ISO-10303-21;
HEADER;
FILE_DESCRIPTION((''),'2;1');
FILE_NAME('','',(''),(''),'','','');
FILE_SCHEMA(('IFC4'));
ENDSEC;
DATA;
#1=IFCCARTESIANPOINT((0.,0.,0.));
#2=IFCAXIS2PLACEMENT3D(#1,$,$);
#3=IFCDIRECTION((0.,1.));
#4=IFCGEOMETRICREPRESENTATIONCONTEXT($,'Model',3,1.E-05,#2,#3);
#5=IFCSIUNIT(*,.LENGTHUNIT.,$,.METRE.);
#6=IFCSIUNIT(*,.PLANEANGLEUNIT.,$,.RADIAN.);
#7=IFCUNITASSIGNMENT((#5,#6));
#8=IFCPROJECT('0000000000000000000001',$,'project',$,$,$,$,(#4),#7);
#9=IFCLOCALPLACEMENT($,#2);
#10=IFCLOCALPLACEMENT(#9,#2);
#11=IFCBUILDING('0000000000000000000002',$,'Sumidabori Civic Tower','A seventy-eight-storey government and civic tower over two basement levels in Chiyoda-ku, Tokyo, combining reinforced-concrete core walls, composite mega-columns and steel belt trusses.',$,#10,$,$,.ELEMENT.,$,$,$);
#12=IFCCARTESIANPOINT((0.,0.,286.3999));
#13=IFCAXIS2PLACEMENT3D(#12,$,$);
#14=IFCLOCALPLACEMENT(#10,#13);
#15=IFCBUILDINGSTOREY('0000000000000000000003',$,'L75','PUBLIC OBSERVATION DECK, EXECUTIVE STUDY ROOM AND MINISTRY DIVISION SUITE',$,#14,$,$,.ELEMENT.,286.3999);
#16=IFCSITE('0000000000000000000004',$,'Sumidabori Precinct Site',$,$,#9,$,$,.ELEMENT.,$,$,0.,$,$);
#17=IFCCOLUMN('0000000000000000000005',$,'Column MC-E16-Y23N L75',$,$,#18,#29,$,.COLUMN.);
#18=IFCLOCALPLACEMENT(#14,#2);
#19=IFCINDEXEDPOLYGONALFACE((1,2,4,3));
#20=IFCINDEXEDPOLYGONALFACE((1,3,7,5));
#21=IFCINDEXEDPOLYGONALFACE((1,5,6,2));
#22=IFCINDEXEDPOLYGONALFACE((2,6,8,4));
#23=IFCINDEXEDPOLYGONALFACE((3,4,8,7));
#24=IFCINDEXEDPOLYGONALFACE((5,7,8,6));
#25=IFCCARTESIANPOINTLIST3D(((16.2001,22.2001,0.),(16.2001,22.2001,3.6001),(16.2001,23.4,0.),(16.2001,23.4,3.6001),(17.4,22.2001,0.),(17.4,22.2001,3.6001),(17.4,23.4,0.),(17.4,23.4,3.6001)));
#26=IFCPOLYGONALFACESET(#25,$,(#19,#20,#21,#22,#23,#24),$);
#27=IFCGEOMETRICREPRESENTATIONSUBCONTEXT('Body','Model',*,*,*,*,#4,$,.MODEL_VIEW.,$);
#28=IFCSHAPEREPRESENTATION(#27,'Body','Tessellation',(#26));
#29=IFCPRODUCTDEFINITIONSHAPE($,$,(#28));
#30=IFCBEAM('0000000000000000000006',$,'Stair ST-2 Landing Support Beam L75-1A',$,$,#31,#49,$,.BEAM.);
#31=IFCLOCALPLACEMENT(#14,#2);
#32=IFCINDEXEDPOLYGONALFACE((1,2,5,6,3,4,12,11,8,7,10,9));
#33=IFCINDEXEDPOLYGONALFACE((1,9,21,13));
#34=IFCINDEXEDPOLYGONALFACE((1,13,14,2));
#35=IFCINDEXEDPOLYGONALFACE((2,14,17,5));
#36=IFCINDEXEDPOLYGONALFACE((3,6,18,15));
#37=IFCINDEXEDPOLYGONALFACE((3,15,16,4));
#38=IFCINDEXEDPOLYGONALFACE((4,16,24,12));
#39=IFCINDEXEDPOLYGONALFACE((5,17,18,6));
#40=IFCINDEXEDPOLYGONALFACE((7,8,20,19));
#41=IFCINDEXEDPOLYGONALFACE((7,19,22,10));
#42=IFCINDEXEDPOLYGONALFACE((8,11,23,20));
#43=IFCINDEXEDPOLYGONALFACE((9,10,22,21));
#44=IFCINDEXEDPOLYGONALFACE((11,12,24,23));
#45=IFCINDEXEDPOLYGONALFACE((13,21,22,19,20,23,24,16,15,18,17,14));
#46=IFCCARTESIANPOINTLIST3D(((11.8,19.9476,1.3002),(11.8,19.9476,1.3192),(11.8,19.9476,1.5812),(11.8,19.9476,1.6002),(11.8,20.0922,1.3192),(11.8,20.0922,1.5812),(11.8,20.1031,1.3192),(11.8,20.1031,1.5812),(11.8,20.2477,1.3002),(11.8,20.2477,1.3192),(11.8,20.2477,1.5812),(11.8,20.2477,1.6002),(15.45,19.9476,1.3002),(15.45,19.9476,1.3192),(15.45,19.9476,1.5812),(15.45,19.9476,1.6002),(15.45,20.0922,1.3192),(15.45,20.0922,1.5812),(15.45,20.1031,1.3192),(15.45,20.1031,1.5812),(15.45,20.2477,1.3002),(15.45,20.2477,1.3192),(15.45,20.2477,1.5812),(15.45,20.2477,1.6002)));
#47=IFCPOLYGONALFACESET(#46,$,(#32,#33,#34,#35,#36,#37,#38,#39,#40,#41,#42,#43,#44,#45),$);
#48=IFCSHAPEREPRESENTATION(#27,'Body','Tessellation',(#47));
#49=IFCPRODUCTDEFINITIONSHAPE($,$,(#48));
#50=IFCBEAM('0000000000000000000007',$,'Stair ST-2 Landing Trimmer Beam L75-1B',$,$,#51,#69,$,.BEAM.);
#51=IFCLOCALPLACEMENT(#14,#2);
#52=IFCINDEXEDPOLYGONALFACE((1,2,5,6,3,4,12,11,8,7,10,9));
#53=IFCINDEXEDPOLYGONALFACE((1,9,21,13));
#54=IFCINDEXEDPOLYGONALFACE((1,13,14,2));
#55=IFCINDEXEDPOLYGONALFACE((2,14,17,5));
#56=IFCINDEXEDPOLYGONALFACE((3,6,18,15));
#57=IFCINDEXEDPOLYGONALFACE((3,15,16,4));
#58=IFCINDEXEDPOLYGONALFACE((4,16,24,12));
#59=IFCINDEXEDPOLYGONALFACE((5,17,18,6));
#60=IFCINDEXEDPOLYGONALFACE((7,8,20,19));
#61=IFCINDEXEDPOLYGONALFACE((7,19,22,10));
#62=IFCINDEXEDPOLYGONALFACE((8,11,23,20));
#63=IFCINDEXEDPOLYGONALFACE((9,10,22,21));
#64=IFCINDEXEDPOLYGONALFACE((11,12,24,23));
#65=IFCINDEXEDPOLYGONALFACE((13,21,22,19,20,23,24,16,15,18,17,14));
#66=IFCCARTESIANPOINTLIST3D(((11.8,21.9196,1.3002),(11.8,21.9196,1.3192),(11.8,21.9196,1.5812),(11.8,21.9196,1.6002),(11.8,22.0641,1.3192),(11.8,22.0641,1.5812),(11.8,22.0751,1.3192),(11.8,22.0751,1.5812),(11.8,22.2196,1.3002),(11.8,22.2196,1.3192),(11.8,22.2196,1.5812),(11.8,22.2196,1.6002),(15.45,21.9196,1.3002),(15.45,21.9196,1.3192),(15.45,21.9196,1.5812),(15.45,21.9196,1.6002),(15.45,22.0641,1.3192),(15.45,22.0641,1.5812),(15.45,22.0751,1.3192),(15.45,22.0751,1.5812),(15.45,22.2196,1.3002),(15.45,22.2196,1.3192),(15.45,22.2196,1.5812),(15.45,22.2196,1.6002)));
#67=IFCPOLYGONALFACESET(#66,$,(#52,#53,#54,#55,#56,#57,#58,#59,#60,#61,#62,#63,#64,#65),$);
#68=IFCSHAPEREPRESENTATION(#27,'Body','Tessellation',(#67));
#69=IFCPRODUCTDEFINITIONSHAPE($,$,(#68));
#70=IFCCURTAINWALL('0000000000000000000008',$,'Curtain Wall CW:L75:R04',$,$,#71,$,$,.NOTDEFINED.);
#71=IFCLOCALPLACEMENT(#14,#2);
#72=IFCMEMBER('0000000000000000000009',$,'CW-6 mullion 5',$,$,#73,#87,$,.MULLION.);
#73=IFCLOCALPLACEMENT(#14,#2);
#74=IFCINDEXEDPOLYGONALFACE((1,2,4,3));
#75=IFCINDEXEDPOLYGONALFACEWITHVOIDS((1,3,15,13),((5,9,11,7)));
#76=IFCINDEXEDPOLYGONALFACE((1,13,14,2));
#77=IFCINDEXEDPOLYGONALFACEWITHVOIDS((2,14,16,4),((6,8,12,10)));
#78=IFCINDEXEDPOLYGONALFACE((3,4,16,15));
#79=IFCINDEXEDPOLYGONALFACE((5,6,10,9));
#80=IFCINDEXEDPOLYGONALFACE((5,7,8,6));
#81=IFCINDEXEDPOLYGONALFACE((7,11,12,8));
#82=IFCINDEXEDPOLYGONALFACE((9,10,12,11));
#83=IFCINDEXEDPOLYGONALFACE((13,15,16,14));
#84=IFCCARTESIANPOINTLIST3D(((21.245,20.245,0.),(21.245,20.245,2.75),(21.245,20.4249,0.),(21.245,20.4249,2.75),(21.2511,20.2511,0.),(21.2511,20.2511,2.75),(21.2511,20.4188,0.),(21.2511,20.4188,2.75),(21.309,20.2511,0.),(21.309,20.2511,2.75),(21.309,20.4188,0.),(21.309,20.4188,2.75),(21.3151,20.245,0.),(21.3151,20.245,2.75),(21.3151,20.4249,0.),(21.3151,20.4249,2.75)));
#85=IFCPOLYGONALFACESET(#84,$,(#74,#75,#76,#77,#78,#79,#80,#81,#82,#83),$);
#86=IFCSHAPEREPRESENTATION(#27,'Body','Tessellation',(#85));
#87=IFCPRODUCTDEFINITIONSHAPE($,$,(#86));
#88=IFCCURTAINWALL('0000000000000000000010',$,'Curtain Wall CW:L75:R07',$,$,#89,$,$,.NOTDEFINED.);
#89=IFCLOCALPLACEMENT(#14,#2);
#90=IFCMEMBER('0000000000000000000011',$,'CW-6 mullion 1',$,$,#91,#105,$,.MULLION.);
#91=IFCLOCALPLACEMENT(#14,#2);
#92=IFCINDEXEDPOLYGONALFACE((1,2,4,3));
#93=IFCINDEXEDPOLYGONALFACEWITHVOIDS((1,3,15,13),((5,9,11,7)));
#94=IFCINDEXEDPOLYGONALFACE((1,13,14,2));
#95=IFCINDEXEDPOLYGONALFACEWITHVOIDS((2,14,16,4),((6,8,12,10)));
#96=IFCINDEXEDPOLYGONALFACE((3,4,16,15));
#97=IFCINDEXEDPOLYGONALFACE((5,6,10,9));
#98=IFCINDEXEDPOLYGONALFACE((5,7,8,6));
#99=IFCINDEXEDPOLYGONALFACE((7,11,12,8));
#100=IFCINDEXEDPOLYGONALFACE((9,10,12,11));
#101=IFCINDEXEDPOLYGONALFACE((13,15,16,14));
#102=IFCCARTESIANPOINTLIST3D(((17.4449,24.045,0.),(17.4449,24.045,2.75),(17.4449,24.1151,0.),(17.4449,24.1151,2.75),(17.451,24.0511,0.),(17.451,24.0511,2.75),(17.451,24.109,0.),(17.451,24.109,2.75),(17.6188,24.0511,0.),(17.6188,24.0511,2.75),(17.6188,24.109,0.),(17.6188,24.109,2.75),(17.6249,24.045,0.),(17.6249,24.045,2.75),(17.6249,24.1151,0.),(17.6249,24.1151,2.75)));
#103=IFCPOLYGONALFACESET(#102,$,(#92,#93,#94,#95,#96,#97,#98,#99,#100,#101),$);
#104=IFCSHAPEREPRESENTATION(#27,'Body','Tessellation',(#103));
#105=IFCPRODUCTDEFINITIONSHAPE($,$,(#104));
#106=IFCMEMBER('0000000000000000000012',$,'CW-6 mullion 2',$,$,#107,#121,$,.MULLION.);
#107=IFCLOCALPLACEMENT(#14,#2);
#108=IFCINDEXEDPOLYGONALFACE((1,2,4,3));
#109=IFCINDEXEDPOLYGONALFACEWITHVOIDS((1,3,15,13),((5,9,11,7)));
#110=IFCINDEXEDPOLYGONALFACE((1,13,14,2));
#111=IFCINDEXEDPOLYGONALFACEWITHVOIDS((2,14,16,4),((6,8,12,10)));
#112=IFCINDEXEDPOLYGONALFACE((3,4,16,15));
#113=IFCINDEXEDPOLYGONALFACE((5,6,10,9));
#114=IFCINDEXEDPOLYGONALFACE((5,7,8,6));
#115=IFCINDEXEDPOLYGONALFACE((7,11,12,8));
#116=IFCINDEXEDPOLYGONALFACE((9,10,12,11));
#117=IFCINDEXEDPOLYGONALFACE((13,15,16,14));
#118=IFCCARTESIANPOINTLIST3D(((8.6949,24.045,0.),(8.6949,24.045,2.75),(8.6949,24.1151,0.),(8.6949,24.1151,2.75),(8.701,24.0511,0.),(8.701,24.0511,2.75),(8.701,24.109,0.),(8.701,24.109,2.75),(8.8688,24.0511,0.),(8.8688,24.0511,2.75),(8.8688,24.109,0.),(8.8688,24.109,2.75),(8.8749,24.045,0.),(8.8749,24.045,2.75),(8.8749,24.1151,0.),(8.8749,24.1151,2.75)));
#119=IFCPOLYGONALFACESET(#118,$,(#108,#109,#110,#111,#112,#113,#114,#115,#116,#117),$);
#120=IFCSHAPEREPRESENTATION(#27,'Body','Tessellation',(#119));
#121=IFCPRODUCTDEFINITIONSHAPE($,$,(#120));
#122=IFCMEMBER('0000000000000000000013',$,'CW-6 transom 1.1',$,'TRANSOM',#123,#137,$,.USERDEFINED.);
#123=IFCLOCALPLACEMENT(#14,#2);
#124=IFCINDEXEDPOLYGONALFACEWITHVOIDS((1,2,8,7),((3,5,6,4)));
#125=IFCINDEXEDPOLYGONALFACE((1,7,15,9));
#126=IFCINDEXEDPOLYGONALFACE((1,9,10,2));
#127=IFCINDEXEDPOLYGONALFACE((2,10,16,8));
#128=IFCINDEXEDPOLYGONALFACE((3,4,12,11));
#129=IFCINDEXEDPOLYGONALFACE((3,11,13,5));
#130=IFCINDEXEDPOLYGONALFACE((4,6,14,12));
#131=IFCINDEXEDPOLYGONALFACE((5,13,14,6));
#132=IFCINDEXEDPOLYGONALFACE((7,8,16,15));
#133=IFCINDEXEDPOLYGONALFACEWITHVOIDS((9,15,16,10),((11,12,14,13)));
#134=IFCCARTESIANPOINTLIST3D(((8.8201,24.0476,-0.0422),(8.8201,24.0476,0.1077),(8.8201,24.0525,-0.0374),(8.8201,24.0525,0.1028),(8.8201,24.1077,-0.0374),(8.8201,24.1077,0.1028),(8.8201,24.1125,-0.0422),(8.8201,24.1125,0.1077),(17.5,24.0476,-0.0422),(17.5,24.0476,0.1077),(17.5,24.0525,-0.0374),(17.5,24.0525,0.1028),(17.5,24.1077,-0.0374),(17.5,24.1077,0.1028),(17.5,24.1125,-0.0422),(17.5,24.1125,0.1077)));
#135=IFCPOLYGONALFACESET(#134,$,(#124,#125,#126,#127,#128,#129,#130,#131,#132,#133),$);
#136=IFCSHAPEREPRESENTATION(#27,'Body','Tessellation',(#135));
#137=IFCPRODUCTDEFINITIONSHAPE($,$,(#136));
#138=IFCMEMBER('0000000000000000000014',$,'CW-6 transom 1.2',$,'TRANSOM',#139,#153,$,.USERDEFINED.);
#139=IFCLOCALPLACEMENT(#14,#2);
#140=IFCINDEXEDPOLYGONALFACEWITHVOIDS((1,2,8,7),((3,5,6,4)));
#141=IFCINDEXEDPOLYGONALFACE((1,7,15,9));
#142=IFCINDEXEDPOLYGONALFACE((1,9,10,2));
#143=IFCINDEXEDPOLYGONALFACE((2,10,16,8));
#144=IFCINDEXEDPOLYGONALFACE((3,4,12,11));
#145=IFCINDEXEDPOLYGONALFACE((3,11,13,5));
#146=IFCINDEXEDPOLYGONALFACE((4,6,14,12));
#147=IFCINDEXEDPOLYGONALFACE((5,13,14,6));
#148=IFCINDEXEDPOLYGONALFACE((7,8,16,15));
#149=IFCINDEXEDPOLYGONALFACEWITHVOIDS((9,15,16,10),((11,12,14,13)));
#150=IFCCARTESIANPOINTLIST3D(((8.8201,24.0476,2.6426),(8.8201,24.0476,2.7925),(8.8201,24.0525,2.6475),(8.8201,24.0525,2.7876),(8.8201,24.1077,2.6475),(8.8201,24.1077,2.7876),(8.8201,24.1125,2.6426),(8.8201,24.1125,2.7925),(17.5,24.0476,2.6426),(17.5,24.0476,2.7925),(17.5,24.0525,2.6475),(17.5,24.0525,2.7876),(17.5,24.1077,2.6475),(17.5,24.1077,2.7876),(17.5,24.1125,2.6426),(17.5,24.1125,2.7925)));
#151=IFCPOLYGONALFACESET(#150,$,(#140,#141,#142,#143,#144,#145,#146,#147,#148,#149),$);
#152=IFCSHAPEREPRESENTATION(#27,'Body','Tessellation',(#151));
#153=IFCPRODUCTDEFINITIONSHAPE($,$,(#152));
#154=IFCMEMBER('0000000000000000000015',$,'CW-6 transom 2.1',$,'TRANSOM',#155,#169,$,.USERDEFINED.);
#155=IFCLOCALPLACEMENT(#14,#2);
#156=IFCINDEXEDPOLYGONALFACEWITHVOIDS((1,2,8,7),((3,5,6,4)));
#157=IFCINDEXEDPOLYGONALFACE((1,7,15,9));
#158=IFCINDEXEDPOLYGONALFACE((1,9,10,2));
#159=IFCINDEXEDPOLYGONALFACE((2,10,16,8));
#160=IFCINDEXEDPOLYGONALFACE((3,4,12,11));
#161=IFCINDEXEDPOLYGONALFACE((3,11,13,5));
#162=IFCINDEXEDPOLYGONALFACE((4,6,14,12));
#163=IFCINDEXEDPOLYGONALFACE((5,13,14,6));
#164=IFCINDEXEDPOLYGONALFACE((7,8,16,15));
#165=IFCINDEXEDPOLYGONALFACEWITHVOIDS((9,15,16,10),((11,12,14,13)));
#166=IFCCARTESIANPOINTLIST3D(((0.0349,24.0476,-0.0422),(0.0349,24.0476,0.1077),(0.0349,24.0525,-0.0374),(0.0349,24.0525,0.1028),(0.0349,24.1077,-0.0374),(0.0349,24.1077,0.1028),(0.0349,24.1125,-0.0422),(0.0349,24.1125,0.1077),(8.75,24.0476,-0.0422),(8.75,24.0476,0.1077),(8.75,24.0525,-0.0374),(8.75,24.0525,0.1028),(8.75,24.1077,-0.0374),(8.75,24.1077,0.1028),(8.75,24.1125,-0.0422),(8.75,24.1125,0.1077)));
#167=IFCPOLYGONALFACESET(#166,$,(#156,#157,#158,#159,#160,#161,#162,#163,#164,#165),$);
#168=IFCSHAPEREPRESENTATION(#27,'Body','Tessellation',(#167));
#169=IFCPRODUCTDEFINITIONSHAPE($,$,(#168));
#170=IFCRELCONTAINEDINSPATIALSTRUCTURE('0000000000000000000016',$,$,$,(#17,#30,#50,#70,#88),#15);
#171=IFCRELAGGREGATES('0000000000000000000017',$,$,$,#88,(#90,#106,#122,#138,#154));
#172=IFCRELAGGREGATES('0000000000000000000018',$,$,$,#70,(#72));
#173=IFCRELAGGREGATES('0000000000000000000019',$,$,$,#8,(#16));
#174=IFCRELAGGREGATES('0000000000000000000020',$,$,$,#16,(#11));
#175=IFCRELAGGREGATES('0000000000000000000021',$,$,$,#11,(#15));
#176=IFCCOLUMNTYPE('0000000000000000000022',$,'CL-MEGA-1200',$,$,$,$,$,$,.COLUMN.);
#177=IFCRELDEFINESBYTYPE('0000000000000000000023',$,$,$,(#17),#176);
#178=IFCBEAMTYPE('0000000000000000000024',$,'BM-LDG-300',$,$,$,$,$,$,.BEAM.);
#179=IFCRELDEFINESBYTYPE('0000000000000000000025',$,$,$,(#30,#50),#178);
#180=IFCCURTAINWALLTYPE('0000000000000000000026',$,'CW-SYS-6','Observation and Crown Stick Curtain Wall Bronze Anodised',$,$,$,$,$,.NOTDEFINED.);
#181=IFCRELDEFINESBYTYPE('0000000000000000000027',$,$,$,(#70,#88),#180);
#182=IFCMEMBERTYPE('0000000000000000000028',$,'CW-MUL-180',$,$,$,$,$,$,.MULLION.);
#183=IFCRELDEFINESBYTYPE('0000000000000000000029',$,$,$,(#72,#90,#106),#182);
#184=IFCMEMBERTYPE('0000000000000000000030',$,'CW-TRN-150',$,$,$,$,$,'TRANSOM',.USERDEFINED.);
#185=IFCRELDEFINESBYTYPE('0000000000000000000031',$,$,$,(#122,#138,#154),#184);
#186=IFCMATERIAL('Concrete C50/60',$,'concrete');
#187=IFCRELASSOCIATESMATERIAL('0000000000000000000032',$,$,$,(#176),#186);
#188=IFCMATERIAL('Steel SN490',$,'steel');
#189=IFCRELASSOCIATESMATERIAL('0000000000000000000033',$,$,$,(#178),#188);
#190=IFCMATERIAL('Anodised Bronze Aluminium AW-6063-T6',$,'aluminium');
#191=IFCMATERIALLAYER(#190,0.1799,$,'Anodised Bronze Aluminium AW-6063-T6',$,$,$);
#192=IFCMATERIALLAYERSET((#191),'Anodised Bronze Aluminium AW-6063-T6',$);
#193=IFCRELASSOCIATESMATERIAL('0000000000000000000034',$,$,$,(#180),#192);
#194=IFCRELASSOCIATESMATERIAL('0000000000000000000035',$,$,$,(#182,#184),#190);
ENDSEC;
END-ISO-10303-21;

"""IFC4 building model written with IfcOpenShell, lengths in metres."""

from ifc_helpers import new_model, si_unit, direction, frame, origin, origin_2d, place, context, subcontext, project, spatial, rectangle, hollow_rectangle, i_section, extrude, source, transform, mapped, material, layer, layer_set, material_profile, profile_set, type_object, element, aggregate, save


model = new_model("IFC4")

# Units and contexts
model_context = context("Model", 3, precision=1e-05, world=origin(), true_north=direction((0.0, 1.0)))
body_context = subcontext(model_context, "Body", "Model", "MODEL_VIEW")
ifc_project = project(units=[si_unit("LENGTHUNIT", "METRE"), si_unit("PLANEANGLEUNIT", "RADIAN")], contexts=[model_context])

# Site, building, storey
site_placement = place(None, origin())
site = spatial("IfcSite", under=ifc_project, at=site_placement, Name="Sumidabori Precinct Site", CompositionType="ELEMENT", RefElevation=0.0)
building_placement = place(site_placement, origin())
building = spatial("IfcBuilding", under=site, at=building_placement, Name="Sumidabori Civic Tower", Description="A seventy-eight-storey government and civic tower over two basement levels in Chiyoda-ku, Tokyo, combining reinforced-concrete core walls, composite mega-columns and steel belt trusses.", CompositionType="ELEMENT")
storey_placement = place(building_placement, frame((0.0, 0.0, 286.3999)))
storey = spatial("IfcBuildingStorey", under=building, at=storey_placement, Name="L75", Description="PUBLIC OBSERVATION DECK, EXECUTIVE STUDY ROOM AND MINISTRY DIVISION SUITE", CompositionType="ELEMENT", Elevation=286.3999)

# Column
ifc_material_1 = material(Name="Concrete C50/60", Category="concrete")
ifc_material_profile_1 = material_profile(ifc_material_1, rectangle(XDim=1.2, YDim=1.2, at=origin_2d()), Name="RC 1200x1200")
ifc_profile_set_1 = profile_set([ifc_material_profile_1], Name="Concrete C50/60")
column_type = type_object("IfcColumnType", Name="CL-MEGA-1200", PredefinedType="COLUMN", material=ifc_profile_set_1)
shared_shape_1 = source(origin(), body_context, "Body", "SweptSolid", [
    extrude(rectangle(XDim=1.2, YDim=1.2, at=origin_2d()), origin(), (0.0, 0.0, 1.0), 3.6001),
])
column_placement = place(storey_placement, frame((16.8, 22.8, 0.0), z_axis=(0.0, 0.0, 1.0), x_axis=(1.0, 0.0, 0.0)))
element("IfcColumn", 1, at=column_placement, inside=storey, type_object=column_type, Name="Column MC-E16-Y23N L75", PredefinedType="COLUMN", context=body_context, shape_type="MappedRepresentation", body=[
    mapped(shared_shape_1, transform((0.0, 0.0, 0.0), x_axis=(1.0, 0.0, 0.0), y_axis=(0.0, 1.0, 0.0), z_axis=(0.0, 0.0, 1.0), scale=1.0)),
])

# Beams
ifc_material_2 = material(Name="Steel SN490", Category="steel")
ifc_material_profile_2 = material_profile(ifc_material_2, i_section(OverallWidth=0.3, OverallDepth=0.3, WebThickness=0.011, FlangeThickness=0.019, at=origin_2d()), Name="HE 300 B")
ifc_profile_set_2 = profile_set([ifc_material_profile_2], Name="Steel SN490")
beam_type = type_object("IfcBeamType", Name="BM-LDG-300", PredefinedType="BEAM", material=ifc_profile_set_2)
shared_shape_2 = source(origin(), body_context, "Body", "SweptSolid", [
    extrude(i_section(OverallWidth=0.3, OverallDepth=0.3, WebThickness=0.011, FlangeThickness=0.019, at=origin_2d()), origin(), (0.0, 0.0, 1.0), 3.6499),
])
for number, where, z_axis, x_axis, name in (
    (2, (11.8, 20.0977, 1.4502), (1.0, 0.0, 0.0), (0.0, 1.0, 0.0), "Stair ST-2 Landing Support Beam L75-1A"),
    (3, (11.8, 22.0696, 1.4502), (1.0, 0.0, 0.0), (0.0, 1.0, 0.0), "Stair ST-2 Landing Trimmer Beam L75-1B"),
):
    element("IfcBeam", number, at=place(storey_placement, frame(where, z_axis=z_axis, x_axis=x_axis)), inside=storey, type_object=beam_type, Name=name, PredefinedType="BEAM", context=body_context, shape_type="MappedRepresentation", body=[
        mapped(shared_shape_2, transform((0.0, 0.0, 0.0), x_axis=(1.0, 0.0, 0.0), y_axis=(0.0, 1.0, 0.0), z_axis=(0.0, 0.0, 1.0), scale=1.0)),
    ])

# Curtain wall, member
ifc_material_3 = material(Name="Anodised Bronze Aluminium AW-6063-T6", Category="aluminium")
ifc_layer_1 = layer(ifc_material_3, 0.1799, Name="Anodised Bronze Aluminium AW-6063-T6")
ifc_layer_set_1 = layer_set([ifc_layer_1], Name="Anodised Bronze Aluminium AW-6063-T6")
curtain_wall_type = type_object("IfcCurtainWallType", Name="CW-SYS-6", Description="Observation and Crown Stick Curtain Wall Bronze Anodised", PredefinedType="NOTDEFINED", material=ifc_layer_set_1)
curtain_wall_1_placement = place(storey_placement, origin())
curtain_wall_1 = element("IfcCurtainWall", 4, at=curtain_wall_1_placement, inside=storey, type_object=curtain_wall_type, Name="Curtain Wall CW:L75:R04", PredefinedType="NOTDEFINED")
ifc_material_profile_3 = material_profile(ifc_material_3, hollow_rectangle(XDim=0.0701, YDim=0.1799, WallThickness=0.0061, at=origin_2d()), Name="ALU MULLION 180x70")
ifc_profile_set_3 = profile_set([ifc_material_profile_3], Name="Anodised Bronze Aluminium AW-6063-T6")
member_type_1 = type_object("IfcMemberType", Name="CW-MUL-180", PredefinedType="MULLION", material=ifc_profile_set_3)
shared_shape_3 = source(origin(), body_context, "Body", "SweptSolid", [
    extrude(hollow_rectangle(XDim=0.0701, YDim=0.1799, WallThickness=0.0061, at=origin_2d()), origin(), (0.0, 0.0, 1.0), 2.75),
])
member_1_placement = place(storey_placement, frame((21.28, 20.335, 0.0), z_axis=(0.0, 0.0, 1.0), x_axis=(-1.0, 0.0, 0.0)))
member_1 = element("IfcMember", 5, at=member_1_placement, type_object=member_type_1, Name="CW-6 mullion 5", PredefinedType="MULLION", context=body_context, shape_type="MappedRepresentation", body=[
    mapped(shared_shape_3, transform((0.0, 0.0, 0.0), x_axis=(1.0, 0.0, 0.0), y_axis=(0.0, 1.0, 0.0), z_axis=(0.0, 0.0, 1.0), scale=1.0)),
])

# Curtain wall, members
curtain_wall_2_placement = place(storey_placement, origin())
curtain_wall_2 = element("IfcCurtainWall", 6, at=curtain_wall_2_placement, inside=storey, type_object=curtain_wall_type, Name="Curtain Wall CW:L75:R07", PredefinedType="NOTDEFINED")
member_2_placement = place(storey_placement, frame((17.5349, 24.0801, 0.0), z_axis=(0.0, 0.0, 1.0), x_axis=(0.0, -1.0, 0.0)))
member_2 = element("IfcMember", 7, at=member_2_placement, type_object=member_type_1, Name="CW-6 mullion 1", PredefinedType="MULLION", context=body_context, shape_type="MappedRepresentation", body=[
    mapped(shared_shape_3, transform((0.0, 0.0, 0.0), x_axis=(1.0, 0.0, 0.0), y_axis=(0.0, 1.0, 0.0), z_axis=(0.0, 0.0, 1.0), scale=1.0)),
])
member_3_placement = place(storey_placement, frame((8.7849, 24.0801, 0.0), z_axis=(0.0, 0.0, 1.0), x_axis=(0.0, -1.0, 0.0)))
member_3 = element("IfcMember", 8, at=member_3_placement, type_object=member_type_1, Name="CW-6 mullion 2", PredefinedType="MULLION", context=body_context, shape_type="MappedRepresentation", body=[
    mapped(shared_shape_3, transform((0.0, 0.0, 0.0), x_axis=(1.0, 0.0, 0.0), y_axis=(0.0, 1.0, 0.0), z_axis=(0.0, 0.0, 1.0), scale=1.0)),
])
ifc_material_profile_4 = material_profile(ifc_material_3, hollow_rectangle(XDim=0.0649, YDim=0.1499, WallThickness=0.0049, at=origin_2d()), Name="ALU TRANSOM 150x65")
ifc_profile_set_4 = profile_set([ifc_material_profile_4], Name="Anodised Bronze Aluminium AW-6063-T6")
member_type_2 = type_object("IfcMemberType", Name="CW-TRN-150", ElementType="TRANSOM", PredefinedType="USERDEFINED", material=ifc_profile_set_4)
shared_shape_4 = source(origin(), body_context, "Body", "SweptSolid", [
    extrude(hollow_rectangle(XDim=0.0649, YDim=0.1499, WallThickness=0.0049, at=origin_2d()), origin(), (0.0, 0.0, 1.0), 8.6799),
])
member_4_placement = place(storey_placement, frame((17.5, 24.0801, 0.0327), z_axis=(-1.0, 0.0, 0.0), x_axis=(0.0, -1.0, 0.0)))
member_4 = element("IfcMember", 9, at=member_4_placement, type_object=member_type_2, Name="CW-6 transom 1.1", ObjectType="TRANSOM", PredefinedType="USERDEFINED", context=body_context, shape_type="MappedRepresentation", body=[
    mapped(shared_shape_4, transform((0.0, 0.0, 0.0), x_axis=(1.0, 0.0, 0.0), y_axis=(0.0, 1.0, 0.0), z_axis=(0.0, 0.0, 1.0), scale=1.0)),
])
member_5_placement = place(storey_placement, frame((17.5, 24.0801, 2.7175), z_axis=(-1.0, 0.0, 0.0), x_axis=(0.0, -1.0, 0.0)))
member_5 = element("IfcMember", 10, at=member_5_placement, type_object=member_type_2, Name="CW-6 transom 1.2", ObjectType="TRANSOM", PredefinedType="USERDEFINED", context=body_context, shape_type="MappedRepresentation", body=[
    mapped(shared_shape_4, transform((0.0, 0.0, 0.0), x_axis=(1.0, 0.0, 0.0), y_axis=(0.0, 1.0, 0.0), z_axis=(0.0, 0.0, 1.0), scale=1.0)),
])
shared_shape_5 = source(origin(), body_context, "Body", "SweptSolid", [
    extrude(hollow_rectangle(XDim=0.0649, YDim=0.1499, WallThickness=0.0049, at=origin_2d()), origin(), (0.0, 0.0, 1.0), 8.7151),
])
member_6_placement = place(storey_placement, frame((8.75, 24.0801, 0.0327), z_axis=(-1.0, 0.0, 0.0), x_axis=(0.0, -1.0, 0.0)))
member_6 = element("IfcMember", 11, at=member_6_placement, type_object=member_type_2, Name="CW-6 transom 2.1", ObjectType="TRANSOM", PredefinedType="USERDEFINED", context=body_context, shape_type="MappedRepresentation", body=[
    mapped(shared_shape_5, transform((0.0, 0.0, 0.0), x_axis=(1.0, 0.0, 0.0), y_axis=(0.0, 1.0, 0.0), z_axis=(0.0, 0.0, 1.0), scale=1.0)),
])
aggregate(curtain_wall_2, [member_2, member_3, member_4, member_5, member_6])

aggregate(curtain_wall_1, [member_1])

save(model, "model.ifc")
